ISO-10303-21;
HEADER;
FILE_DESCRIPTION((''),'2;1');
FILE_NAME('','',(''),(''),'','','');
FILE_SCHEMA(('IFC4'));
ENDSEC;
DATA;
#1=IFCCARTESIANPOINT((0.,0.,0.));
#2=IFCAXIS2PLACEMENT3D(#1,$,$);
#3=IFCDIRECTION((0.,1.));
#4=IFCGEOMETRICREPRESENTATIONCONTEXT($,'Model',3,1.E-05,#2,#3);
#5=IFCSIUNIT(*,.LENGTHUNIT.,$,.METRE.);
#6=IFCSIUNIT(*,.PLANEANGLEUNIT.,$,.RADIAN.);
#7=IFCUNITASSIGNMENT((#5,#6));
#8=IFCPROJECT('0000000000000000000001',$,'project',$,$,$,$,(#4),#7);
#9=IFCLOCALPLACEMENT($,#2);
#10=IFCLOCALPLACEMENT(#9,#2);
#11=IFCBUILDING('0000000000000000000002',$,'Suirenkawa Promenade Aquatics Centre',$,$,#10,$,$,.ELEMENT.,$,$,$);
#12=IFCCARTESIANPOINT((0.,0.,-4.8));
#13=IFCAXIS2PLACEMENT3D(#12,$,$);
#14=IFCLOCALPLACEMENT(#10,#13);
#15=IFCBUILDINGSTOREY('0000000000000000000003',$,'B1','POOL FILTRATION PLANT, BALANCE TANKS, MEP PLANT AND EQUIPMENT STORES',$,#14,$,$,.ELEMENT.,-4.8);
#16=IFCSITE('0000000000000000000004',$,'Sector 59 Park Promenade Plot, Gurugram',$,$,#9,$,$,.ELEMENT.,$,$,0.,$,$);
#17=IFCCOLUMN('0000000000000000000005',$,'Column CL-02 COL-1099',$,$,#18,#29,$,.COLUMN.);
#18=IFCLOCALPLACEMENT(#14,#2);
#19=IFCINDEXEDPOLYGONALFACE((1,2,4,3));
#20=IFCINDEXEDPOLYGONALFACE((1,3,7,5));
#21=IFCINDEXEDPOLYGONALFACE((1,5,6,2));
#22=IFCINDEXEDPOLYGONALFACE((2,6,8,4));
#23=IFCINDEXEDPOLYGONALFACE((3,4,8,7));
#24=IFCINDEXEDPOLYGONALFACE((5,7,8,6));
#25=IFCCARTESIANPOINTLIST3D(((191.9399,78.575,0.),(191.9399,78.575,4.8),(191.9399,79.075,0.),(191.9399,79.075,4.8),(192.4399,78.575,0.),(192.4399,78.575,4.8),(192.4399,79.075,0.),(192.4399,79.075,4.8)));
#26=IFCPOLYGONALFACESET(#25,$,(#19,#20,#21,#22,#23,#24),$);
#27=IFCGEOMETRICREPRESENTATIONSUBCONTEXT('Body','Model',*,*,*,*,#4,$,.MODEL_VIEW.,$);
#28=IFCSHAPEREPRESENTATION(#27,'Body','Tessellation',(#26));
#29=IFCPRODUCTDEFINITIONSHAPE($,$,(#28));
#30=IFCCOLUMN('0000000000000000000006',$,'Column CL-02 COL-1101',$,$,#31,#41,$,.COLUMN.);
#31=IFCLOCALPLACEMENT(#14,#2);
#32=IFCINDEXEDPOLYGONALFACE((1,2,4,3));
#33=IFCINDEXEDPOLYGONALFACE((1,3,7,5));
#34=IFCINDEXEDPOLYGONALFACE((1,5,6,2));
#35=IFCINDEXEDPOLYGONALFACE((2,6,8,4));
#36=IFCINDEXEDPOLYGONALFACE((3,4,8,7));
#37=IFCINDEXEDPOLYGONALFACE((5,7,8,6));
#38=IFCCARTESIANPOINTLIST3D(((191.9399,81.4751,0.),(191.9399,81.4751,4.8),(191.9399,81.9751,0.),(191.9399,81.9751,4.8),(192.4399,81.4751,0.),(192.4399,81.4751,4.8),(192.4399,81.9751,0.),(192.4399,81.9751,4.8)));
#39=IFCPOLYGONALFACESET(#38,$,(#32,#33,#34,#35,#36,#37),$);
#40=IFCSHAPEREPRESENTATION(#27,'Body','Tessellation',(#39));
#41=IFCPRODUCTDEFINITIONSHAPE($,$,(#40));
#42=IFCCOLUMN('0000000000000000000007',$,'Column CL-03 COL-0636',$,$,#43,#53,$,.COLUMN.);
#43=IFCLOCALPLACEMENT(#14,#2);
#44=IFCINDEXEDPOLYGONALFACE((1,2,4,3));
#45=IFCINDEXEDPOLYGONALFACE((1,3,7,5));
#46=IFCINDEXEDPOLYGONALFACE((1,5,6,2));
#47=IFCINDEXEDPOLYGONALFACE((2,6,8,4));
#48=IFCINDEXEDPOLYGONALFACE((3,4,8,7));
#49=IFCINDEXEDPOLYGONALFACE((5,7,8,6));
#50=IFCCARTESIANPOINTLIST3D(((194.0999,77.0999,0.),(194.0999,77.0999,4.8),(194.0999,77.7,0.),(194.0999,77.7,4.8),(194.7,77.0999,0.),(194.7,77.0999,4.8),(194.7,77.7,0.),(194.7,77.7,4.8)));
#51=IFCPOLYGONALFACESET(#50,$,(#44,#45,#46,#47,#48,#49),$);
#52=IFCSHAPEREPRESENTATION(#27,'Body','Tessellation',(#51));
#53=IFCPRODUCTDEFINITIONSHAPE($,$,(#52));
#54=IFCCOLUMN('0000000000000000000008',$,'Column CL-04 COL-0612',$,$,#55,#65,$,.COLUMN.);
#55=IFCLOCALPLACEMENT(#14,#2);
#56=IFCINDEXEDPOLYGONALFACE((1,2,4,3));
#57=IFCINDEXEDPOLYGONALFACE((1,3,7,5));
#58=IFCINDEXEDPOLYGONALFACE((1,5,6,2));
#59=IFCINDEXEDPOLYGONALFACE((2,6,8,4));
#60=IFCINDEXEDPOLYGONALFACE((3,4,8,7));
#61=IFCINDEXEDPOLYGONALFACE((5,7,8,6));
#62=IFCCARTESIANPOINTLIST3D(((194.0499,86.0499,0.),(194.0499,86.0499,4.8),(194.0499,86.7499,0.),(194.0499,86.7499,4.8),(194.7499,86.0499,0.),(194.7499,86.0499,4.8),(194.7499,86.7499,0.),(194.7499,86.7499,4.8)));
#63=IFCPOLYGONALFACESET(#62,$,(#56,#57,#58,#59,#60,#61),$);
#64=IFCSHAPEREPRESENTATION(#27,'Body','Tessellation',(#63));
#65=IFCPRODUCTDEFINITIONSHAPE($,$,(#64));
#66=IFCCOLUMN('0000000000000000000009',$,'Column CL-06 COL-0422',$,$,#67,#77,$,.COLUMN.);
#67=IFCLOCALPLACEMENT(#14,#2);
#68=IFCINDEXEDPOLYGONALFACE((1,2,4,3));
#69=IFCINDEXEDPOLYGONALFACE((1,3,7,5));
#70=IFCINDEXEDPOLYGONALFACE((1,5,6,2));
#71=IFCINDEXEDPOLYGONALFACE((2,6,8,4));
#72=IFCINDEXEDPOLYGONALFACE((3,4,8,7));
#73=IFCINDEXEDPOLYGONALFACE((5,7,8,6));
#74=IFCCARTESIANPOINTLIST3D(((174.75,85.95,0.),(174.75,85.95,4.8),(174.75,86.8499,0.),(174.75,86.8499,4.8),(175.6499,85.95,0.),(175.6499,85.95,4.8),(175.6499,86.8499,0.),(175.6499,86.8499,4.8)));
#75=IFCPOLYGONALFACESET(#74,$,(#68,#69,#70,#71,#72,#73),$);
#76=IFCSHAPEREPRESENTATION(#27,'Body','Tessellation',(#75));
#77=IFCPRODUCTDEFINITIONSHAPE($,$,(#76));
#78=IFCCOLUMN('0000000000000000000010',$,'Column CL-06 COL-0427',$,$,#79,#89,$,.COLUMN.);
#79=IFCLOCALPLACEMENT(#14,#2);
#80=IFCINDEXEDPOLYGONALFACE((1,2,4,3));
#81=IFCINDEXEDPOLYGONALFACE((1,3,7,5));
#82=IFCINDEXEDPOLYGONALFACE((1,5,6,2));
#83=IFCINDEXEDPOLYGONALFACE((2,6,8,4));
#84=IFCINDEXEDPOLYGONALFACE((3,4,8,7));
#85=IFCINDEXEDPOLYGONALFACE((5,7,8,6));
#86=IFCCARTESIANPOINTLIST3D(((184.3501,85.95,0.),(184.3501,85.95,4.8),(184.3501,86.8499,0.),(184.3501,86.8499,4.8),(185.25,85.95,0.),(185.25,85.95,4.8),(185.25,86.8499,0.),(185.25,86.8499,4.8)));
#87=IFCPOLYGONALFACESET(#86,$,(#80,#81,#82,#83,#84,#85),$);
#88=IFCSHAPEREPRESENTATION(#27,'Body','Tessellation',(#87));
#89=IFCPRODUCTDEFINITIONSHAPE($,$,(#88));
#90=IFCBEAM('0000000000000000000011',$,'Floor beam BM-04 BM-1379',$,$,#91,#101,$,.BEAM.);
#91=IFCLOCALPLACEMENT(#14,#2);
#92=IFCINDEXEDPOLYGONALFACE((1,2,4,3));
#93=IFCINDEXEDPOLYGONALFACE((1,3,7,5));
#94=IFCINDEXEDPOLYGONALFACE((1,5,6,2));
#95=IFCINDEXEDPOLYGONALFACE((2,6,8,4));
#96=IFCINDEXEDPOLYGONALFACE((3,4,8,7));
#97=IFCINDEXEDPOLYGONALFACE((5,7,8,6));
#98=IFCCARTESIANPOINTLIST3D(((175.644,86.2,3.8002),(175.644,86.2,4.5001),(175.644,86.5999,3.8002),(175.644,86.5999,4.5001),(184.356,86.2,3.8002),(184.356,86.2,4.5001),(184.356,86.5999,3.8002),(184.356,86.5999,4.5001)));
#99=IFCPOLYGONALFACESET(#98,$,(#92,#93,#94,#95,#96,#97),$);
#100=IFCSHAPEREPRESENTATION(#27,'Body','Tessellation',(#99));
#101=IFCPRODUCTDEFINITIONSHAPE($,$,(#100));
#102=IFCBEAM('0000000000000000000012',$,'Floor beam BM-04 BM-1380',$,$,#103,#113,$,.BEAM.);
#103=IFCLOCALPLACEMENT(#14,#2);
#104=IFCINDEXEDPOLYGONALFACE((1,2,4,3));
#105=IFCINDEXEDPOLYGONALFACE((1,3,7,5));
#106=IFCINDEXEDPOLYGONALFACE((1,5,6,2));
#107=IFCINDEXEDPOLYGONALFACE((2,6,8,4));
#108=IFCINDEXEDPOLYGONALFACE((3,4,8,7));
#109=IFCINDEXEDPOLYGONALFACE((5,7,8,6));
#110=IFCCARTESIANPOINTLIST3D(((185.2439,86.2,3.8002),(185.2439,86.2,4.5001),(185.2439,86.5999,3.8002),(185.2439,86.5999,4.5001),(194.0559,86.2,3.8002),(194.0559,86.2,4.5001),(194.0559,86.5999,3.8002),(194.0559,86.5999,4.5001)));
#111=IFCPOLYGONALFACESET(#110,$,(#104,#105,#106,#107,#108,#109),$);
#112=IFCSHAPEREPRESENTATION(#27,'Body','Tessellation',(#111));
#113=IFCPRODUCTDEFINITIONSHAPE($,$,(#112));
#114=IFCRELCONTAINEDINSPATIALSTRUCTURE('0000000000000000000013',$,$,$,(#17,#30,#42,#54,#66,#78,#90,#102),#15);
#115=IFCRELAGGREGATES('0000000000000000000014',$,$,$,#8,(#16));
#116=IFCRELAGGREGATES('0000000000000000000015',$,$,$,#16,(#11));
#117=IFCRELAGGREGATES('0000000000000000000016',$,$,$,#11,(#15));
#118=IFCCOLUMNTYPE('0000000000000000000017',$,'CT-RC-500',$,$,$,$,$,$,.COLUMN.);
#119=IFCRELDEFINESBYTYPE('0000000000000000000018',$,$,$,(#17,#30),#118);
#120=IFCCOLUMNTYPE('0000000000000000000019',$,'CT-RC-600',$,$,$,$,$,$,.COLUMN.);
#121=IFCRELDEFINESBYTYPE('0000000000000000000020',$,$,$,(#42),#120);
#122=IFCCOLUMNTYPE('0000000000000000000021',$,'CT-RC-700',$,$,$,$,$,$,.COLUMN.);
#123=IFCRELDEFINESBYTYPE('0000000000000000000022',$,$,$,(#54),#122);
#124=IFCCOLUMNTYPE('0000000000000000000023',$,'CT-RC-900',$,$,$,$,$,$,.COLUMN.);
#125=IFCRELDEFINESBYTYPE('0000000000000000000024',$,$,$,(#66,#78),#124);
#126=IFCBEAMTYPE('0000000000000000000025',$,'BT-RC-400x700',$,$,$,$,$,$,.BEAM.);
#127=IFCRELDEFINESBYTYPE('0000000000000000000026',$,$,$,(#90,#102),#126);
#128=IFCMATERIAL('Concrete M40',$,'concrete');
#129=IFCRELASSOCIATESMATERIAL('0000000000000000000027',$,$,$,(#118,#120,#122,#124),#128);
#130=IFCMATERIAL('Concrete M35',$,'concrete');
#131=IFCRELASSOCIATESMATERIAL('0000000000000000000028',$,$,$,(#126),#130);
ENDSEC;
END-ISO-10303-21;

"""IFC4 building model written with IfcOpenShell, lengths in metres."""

from ifc_helpers import new_model, si_unit, direction, frame, origin, origin_2d, place, context, subcontext, project, spatial, rectangle, extrude, material, material_profile, profile_set, type_object, element, save


model = new_model("IFC4")

# Units and contexts
model_context = context("Model", 3, precision=1e-05, world=origin(), true_north=direction((0.0, 1.0)))
body_context = subcontext(model_context, "Body", "Model", "MODEL_VIEW")
ifc_project = project(units=[si_unit("LENGTHUNIT", "METRE"), si_unit("PLANEANGLEUNIT", "RADIAN")], contexts=[model_context])

# Site, building, storey
site_placement = place(None, origin())
site = spatial("IfcSite", under=ifc_project, at=site_placement, Name="Sector 59 Park Promenade Plot, Gurugram", CompositionType="ELEMENT", RefElevation=0.0)
building_placement = place(site_placement, origin())
building = spatial("IfcBuilding", under=site, at=building_placement, Name="Suirenkawa Promenade Aquatics Centre", CompositionType="ELEMENT")
storey_placement = place(building_placement, frame((0.0, 0.0, -4.8)))
storey = spatial("IfcBuildingStorey", under=building, at=storey_placement, Name="B1", Description="POOL FILTRATION PLANT, BALANCE TANKS, MEP PLANT AND EQUIPMENT STORES", CompositionType="ELEMENT", Elevation=-4.8)

# Shared definitions
ifc_material_1 = material(Name="Concrete M35", Category="concrete")

# Columns
ifc_material_2 = material(Name="Concrete M40", Category="concrete")
ifc_material_profile_1 = material_profile(ifc_material_2, rectangle(XDim=0.5, YDim=0.5, at=origin_2d()), Name="RC COL 500x500", Category="concrete")
ifc_profile_set_1 = profile_set([ifc_material_profile_1], Name="Concrete M40")
column_type_1 = type_object("IfcColumnType", Name="CT-RC-500", PredefinedType="COLUMN", material=ifc_profile_set_1)
for number, where, z_axis, x_axis, name in (
    (1, (192.1899, 78.825, 0.0), (0.0, 0.0, 1.0), (1.0, 0.0, 0.0), "Column CL-02 COL-1099"),
    (2, (192.1899, 81.7251, 0.0), (0.0, 0.0, 1.0), (1.0, 0.0, 0.0), "Column CL-02 COL-1101"),
):
    element("IfcColumn", number, at=place(storey_placement, frame(where, z_axis=z_axis, x_axis=x_axis)), inside=storey, type_object=column_type_1, Name=name, PredefinedType="COLUMN", context=body_context, shape_type="SweptSolid", body=[
        extrude(rectangle(XDim=0.5, YDim=0.5, at=origin_2d()), origin(), (0.0, 0.0, 1.0), 4.8),
    ])
ifc_material_profile_2 = material_profile(ifc_material_2, rectangle(XDim=0.6001, YDim=0.6001, at=origin_2d()), Name="RC COL 600x600", Category="concrete")
ifc_profile_set_2 = profile_set([ifc_material_profile_2], Name="Concrete M40")
column_type_2 = type_object("IfcColumnType", Name="CT-RC-600", PredefinedType="COLUMN", material=ifc_profile_set_2)
column_1_placement = place(storey_placement, frame((194.3999, 77.3999, 0.0), z_axis=(0.0, 0.0, 1.0), x_axis=(1.0, 0.0, 0.0)))
element("IfcColumn", 3, at=column_1_placement, inside=storey, type_object=column_type_2, Name="Column CL-03 COL-0636", PredefinedType="COLUMN", context=body_context, shape_type="SweptSolid", body=[
    extrude(rectangle(XDim=0.6001, YDim=0.6001, at=origin_2d()), origin(), (0.0, 0.0, 1.0), 4.8),
])
ifc_material_profile_3 = material_profile(ifc_material_2, rectangle(XDim=0.7, YDim=0.7, at=origin_2d()), Name="RC COL 700x700", Category="concrete")
ifc_profile_set_3 = profile_set([ifc_material_profile_3], Name="Concrete M40")
column_type_3 = type_object("IfcColumnType", Name="CT-RC-700", PredefinedType="COLUMN", material=ifc_profile_set_3)
column_2_placement = place(storey_placement, frame((194.3999, 86.3999, 0.0), z_axis=(0.0, 0.0, 1.0), x_axis=(1.0, 0.0, 0.0)))
element("IfcColumn", 4, at=column_2_placement, inside=storey, type_object=column_type_3, Name="Column CL-04 COL-0612", PredefinedType="COLUMN", context=body_context, shape_type="SweptSolid", body=[
    extrude(rectangle(XDim=0.7, YDim=0.7, at=origin_2d()), origin(), (0.0, 0.0, 1.0), 4.8),
])
ifc_material_profile_4 = material_profile(ifc_material_2, rectangle(XDim=0.8999, YDim=0.8999, at=origin_2d()), Name="RC COL 900x900", Category="concrete")
ifc_profile_set_4 = profile_set([ifc_material_profile_4], Name="Concrete M40")
column_type_4 = type_object("IfcColumnType", Name="CT-RC-900", PredefinedType="COLUMN", material=ifc_profile_set_4)
for number, where, z_axis, x_axis, name in (
    (5, (175.2, 86.3999, 0.0), (0.0, 0.0, 1.0), (1.0, 0.0, 0.0), "Column CL-06 COL-0422"),
    (6, (184.8, 86.3999, 0.0), (0.0, 0.0, 1.0), (1.0, 0.0, 0.0), "Column CL-06 COL-0427"),
):
    element("IfcColumn", number, at=place(storey_placement, frame(where, z_axis=z_axis, x_axis=x_axis)), inside=storey, type_object=column_type_4, Name=name, PredefinedType="COLUMN", context=body_context, shape_type="SweptSolid", body=[
        extrude(rectangle(XDim=0.8999, YDim=0.8999, at=origin_2d()), origin(), (0.0, 0.0, 1.0), 4.8),
    ])

# Beams
ifc_material_profile_5 = material_profile(ifc_material_1, rectangle(XDim=0.3999, YDim=0.7, at=origin_2d()), Name="RC BM 400x700", Category="concrete")
ifc_profile_set_5 = profile_set([ifc_material_profile_5], Name="Concrete M35")
beam_type = type_object("IfcBeamType", Name="BT-RC-400x700", PredefinedType="BEAM", material=ifc_profile_set_5)
beam_1_placement = place(storey_placement, frame((175.644, 86.3999, 4.1501), z_axis=(1.0, 0.0, 0.0), x_axis=(0.0, 1.0, 0.0)))
element("IfcBeam", 7, at=beam_1_placement, inside=storey, type_object=beam_type, Name="Floor beam BM-04 BM-1379", PredefinedType="BEAM", context=body_context, shape_type="SweptSolid", body=[
    extrude(rectangle(XDim=0.3999, YDim=0.7, at=origin_2d()), origin(), (0.0, 0.0, 1.0), 8.7119),
])
beam_2_placement = place(storey_placement, frame((185.2439, 86.3999, 4.1501), z_axis=(1.0, 0.0, 0.0), x_axis=(0.0, 1.0, 0.0)))
element("IfcBeam", 8, at=beam_2_placement, inside=storey, type_object=beam_type, Name="Floor beam BM-04 BM-1380", PredefinedType="BEAM", context=body_context, shape_type="SweptSolid", body=[
    extrude(rectangle(XDim=0.3999, YDim=0.7, at=origin_2d()), origin(), (0.0, 0.0, 1.0), 8.812),
])

save(model, "model.ifc")
